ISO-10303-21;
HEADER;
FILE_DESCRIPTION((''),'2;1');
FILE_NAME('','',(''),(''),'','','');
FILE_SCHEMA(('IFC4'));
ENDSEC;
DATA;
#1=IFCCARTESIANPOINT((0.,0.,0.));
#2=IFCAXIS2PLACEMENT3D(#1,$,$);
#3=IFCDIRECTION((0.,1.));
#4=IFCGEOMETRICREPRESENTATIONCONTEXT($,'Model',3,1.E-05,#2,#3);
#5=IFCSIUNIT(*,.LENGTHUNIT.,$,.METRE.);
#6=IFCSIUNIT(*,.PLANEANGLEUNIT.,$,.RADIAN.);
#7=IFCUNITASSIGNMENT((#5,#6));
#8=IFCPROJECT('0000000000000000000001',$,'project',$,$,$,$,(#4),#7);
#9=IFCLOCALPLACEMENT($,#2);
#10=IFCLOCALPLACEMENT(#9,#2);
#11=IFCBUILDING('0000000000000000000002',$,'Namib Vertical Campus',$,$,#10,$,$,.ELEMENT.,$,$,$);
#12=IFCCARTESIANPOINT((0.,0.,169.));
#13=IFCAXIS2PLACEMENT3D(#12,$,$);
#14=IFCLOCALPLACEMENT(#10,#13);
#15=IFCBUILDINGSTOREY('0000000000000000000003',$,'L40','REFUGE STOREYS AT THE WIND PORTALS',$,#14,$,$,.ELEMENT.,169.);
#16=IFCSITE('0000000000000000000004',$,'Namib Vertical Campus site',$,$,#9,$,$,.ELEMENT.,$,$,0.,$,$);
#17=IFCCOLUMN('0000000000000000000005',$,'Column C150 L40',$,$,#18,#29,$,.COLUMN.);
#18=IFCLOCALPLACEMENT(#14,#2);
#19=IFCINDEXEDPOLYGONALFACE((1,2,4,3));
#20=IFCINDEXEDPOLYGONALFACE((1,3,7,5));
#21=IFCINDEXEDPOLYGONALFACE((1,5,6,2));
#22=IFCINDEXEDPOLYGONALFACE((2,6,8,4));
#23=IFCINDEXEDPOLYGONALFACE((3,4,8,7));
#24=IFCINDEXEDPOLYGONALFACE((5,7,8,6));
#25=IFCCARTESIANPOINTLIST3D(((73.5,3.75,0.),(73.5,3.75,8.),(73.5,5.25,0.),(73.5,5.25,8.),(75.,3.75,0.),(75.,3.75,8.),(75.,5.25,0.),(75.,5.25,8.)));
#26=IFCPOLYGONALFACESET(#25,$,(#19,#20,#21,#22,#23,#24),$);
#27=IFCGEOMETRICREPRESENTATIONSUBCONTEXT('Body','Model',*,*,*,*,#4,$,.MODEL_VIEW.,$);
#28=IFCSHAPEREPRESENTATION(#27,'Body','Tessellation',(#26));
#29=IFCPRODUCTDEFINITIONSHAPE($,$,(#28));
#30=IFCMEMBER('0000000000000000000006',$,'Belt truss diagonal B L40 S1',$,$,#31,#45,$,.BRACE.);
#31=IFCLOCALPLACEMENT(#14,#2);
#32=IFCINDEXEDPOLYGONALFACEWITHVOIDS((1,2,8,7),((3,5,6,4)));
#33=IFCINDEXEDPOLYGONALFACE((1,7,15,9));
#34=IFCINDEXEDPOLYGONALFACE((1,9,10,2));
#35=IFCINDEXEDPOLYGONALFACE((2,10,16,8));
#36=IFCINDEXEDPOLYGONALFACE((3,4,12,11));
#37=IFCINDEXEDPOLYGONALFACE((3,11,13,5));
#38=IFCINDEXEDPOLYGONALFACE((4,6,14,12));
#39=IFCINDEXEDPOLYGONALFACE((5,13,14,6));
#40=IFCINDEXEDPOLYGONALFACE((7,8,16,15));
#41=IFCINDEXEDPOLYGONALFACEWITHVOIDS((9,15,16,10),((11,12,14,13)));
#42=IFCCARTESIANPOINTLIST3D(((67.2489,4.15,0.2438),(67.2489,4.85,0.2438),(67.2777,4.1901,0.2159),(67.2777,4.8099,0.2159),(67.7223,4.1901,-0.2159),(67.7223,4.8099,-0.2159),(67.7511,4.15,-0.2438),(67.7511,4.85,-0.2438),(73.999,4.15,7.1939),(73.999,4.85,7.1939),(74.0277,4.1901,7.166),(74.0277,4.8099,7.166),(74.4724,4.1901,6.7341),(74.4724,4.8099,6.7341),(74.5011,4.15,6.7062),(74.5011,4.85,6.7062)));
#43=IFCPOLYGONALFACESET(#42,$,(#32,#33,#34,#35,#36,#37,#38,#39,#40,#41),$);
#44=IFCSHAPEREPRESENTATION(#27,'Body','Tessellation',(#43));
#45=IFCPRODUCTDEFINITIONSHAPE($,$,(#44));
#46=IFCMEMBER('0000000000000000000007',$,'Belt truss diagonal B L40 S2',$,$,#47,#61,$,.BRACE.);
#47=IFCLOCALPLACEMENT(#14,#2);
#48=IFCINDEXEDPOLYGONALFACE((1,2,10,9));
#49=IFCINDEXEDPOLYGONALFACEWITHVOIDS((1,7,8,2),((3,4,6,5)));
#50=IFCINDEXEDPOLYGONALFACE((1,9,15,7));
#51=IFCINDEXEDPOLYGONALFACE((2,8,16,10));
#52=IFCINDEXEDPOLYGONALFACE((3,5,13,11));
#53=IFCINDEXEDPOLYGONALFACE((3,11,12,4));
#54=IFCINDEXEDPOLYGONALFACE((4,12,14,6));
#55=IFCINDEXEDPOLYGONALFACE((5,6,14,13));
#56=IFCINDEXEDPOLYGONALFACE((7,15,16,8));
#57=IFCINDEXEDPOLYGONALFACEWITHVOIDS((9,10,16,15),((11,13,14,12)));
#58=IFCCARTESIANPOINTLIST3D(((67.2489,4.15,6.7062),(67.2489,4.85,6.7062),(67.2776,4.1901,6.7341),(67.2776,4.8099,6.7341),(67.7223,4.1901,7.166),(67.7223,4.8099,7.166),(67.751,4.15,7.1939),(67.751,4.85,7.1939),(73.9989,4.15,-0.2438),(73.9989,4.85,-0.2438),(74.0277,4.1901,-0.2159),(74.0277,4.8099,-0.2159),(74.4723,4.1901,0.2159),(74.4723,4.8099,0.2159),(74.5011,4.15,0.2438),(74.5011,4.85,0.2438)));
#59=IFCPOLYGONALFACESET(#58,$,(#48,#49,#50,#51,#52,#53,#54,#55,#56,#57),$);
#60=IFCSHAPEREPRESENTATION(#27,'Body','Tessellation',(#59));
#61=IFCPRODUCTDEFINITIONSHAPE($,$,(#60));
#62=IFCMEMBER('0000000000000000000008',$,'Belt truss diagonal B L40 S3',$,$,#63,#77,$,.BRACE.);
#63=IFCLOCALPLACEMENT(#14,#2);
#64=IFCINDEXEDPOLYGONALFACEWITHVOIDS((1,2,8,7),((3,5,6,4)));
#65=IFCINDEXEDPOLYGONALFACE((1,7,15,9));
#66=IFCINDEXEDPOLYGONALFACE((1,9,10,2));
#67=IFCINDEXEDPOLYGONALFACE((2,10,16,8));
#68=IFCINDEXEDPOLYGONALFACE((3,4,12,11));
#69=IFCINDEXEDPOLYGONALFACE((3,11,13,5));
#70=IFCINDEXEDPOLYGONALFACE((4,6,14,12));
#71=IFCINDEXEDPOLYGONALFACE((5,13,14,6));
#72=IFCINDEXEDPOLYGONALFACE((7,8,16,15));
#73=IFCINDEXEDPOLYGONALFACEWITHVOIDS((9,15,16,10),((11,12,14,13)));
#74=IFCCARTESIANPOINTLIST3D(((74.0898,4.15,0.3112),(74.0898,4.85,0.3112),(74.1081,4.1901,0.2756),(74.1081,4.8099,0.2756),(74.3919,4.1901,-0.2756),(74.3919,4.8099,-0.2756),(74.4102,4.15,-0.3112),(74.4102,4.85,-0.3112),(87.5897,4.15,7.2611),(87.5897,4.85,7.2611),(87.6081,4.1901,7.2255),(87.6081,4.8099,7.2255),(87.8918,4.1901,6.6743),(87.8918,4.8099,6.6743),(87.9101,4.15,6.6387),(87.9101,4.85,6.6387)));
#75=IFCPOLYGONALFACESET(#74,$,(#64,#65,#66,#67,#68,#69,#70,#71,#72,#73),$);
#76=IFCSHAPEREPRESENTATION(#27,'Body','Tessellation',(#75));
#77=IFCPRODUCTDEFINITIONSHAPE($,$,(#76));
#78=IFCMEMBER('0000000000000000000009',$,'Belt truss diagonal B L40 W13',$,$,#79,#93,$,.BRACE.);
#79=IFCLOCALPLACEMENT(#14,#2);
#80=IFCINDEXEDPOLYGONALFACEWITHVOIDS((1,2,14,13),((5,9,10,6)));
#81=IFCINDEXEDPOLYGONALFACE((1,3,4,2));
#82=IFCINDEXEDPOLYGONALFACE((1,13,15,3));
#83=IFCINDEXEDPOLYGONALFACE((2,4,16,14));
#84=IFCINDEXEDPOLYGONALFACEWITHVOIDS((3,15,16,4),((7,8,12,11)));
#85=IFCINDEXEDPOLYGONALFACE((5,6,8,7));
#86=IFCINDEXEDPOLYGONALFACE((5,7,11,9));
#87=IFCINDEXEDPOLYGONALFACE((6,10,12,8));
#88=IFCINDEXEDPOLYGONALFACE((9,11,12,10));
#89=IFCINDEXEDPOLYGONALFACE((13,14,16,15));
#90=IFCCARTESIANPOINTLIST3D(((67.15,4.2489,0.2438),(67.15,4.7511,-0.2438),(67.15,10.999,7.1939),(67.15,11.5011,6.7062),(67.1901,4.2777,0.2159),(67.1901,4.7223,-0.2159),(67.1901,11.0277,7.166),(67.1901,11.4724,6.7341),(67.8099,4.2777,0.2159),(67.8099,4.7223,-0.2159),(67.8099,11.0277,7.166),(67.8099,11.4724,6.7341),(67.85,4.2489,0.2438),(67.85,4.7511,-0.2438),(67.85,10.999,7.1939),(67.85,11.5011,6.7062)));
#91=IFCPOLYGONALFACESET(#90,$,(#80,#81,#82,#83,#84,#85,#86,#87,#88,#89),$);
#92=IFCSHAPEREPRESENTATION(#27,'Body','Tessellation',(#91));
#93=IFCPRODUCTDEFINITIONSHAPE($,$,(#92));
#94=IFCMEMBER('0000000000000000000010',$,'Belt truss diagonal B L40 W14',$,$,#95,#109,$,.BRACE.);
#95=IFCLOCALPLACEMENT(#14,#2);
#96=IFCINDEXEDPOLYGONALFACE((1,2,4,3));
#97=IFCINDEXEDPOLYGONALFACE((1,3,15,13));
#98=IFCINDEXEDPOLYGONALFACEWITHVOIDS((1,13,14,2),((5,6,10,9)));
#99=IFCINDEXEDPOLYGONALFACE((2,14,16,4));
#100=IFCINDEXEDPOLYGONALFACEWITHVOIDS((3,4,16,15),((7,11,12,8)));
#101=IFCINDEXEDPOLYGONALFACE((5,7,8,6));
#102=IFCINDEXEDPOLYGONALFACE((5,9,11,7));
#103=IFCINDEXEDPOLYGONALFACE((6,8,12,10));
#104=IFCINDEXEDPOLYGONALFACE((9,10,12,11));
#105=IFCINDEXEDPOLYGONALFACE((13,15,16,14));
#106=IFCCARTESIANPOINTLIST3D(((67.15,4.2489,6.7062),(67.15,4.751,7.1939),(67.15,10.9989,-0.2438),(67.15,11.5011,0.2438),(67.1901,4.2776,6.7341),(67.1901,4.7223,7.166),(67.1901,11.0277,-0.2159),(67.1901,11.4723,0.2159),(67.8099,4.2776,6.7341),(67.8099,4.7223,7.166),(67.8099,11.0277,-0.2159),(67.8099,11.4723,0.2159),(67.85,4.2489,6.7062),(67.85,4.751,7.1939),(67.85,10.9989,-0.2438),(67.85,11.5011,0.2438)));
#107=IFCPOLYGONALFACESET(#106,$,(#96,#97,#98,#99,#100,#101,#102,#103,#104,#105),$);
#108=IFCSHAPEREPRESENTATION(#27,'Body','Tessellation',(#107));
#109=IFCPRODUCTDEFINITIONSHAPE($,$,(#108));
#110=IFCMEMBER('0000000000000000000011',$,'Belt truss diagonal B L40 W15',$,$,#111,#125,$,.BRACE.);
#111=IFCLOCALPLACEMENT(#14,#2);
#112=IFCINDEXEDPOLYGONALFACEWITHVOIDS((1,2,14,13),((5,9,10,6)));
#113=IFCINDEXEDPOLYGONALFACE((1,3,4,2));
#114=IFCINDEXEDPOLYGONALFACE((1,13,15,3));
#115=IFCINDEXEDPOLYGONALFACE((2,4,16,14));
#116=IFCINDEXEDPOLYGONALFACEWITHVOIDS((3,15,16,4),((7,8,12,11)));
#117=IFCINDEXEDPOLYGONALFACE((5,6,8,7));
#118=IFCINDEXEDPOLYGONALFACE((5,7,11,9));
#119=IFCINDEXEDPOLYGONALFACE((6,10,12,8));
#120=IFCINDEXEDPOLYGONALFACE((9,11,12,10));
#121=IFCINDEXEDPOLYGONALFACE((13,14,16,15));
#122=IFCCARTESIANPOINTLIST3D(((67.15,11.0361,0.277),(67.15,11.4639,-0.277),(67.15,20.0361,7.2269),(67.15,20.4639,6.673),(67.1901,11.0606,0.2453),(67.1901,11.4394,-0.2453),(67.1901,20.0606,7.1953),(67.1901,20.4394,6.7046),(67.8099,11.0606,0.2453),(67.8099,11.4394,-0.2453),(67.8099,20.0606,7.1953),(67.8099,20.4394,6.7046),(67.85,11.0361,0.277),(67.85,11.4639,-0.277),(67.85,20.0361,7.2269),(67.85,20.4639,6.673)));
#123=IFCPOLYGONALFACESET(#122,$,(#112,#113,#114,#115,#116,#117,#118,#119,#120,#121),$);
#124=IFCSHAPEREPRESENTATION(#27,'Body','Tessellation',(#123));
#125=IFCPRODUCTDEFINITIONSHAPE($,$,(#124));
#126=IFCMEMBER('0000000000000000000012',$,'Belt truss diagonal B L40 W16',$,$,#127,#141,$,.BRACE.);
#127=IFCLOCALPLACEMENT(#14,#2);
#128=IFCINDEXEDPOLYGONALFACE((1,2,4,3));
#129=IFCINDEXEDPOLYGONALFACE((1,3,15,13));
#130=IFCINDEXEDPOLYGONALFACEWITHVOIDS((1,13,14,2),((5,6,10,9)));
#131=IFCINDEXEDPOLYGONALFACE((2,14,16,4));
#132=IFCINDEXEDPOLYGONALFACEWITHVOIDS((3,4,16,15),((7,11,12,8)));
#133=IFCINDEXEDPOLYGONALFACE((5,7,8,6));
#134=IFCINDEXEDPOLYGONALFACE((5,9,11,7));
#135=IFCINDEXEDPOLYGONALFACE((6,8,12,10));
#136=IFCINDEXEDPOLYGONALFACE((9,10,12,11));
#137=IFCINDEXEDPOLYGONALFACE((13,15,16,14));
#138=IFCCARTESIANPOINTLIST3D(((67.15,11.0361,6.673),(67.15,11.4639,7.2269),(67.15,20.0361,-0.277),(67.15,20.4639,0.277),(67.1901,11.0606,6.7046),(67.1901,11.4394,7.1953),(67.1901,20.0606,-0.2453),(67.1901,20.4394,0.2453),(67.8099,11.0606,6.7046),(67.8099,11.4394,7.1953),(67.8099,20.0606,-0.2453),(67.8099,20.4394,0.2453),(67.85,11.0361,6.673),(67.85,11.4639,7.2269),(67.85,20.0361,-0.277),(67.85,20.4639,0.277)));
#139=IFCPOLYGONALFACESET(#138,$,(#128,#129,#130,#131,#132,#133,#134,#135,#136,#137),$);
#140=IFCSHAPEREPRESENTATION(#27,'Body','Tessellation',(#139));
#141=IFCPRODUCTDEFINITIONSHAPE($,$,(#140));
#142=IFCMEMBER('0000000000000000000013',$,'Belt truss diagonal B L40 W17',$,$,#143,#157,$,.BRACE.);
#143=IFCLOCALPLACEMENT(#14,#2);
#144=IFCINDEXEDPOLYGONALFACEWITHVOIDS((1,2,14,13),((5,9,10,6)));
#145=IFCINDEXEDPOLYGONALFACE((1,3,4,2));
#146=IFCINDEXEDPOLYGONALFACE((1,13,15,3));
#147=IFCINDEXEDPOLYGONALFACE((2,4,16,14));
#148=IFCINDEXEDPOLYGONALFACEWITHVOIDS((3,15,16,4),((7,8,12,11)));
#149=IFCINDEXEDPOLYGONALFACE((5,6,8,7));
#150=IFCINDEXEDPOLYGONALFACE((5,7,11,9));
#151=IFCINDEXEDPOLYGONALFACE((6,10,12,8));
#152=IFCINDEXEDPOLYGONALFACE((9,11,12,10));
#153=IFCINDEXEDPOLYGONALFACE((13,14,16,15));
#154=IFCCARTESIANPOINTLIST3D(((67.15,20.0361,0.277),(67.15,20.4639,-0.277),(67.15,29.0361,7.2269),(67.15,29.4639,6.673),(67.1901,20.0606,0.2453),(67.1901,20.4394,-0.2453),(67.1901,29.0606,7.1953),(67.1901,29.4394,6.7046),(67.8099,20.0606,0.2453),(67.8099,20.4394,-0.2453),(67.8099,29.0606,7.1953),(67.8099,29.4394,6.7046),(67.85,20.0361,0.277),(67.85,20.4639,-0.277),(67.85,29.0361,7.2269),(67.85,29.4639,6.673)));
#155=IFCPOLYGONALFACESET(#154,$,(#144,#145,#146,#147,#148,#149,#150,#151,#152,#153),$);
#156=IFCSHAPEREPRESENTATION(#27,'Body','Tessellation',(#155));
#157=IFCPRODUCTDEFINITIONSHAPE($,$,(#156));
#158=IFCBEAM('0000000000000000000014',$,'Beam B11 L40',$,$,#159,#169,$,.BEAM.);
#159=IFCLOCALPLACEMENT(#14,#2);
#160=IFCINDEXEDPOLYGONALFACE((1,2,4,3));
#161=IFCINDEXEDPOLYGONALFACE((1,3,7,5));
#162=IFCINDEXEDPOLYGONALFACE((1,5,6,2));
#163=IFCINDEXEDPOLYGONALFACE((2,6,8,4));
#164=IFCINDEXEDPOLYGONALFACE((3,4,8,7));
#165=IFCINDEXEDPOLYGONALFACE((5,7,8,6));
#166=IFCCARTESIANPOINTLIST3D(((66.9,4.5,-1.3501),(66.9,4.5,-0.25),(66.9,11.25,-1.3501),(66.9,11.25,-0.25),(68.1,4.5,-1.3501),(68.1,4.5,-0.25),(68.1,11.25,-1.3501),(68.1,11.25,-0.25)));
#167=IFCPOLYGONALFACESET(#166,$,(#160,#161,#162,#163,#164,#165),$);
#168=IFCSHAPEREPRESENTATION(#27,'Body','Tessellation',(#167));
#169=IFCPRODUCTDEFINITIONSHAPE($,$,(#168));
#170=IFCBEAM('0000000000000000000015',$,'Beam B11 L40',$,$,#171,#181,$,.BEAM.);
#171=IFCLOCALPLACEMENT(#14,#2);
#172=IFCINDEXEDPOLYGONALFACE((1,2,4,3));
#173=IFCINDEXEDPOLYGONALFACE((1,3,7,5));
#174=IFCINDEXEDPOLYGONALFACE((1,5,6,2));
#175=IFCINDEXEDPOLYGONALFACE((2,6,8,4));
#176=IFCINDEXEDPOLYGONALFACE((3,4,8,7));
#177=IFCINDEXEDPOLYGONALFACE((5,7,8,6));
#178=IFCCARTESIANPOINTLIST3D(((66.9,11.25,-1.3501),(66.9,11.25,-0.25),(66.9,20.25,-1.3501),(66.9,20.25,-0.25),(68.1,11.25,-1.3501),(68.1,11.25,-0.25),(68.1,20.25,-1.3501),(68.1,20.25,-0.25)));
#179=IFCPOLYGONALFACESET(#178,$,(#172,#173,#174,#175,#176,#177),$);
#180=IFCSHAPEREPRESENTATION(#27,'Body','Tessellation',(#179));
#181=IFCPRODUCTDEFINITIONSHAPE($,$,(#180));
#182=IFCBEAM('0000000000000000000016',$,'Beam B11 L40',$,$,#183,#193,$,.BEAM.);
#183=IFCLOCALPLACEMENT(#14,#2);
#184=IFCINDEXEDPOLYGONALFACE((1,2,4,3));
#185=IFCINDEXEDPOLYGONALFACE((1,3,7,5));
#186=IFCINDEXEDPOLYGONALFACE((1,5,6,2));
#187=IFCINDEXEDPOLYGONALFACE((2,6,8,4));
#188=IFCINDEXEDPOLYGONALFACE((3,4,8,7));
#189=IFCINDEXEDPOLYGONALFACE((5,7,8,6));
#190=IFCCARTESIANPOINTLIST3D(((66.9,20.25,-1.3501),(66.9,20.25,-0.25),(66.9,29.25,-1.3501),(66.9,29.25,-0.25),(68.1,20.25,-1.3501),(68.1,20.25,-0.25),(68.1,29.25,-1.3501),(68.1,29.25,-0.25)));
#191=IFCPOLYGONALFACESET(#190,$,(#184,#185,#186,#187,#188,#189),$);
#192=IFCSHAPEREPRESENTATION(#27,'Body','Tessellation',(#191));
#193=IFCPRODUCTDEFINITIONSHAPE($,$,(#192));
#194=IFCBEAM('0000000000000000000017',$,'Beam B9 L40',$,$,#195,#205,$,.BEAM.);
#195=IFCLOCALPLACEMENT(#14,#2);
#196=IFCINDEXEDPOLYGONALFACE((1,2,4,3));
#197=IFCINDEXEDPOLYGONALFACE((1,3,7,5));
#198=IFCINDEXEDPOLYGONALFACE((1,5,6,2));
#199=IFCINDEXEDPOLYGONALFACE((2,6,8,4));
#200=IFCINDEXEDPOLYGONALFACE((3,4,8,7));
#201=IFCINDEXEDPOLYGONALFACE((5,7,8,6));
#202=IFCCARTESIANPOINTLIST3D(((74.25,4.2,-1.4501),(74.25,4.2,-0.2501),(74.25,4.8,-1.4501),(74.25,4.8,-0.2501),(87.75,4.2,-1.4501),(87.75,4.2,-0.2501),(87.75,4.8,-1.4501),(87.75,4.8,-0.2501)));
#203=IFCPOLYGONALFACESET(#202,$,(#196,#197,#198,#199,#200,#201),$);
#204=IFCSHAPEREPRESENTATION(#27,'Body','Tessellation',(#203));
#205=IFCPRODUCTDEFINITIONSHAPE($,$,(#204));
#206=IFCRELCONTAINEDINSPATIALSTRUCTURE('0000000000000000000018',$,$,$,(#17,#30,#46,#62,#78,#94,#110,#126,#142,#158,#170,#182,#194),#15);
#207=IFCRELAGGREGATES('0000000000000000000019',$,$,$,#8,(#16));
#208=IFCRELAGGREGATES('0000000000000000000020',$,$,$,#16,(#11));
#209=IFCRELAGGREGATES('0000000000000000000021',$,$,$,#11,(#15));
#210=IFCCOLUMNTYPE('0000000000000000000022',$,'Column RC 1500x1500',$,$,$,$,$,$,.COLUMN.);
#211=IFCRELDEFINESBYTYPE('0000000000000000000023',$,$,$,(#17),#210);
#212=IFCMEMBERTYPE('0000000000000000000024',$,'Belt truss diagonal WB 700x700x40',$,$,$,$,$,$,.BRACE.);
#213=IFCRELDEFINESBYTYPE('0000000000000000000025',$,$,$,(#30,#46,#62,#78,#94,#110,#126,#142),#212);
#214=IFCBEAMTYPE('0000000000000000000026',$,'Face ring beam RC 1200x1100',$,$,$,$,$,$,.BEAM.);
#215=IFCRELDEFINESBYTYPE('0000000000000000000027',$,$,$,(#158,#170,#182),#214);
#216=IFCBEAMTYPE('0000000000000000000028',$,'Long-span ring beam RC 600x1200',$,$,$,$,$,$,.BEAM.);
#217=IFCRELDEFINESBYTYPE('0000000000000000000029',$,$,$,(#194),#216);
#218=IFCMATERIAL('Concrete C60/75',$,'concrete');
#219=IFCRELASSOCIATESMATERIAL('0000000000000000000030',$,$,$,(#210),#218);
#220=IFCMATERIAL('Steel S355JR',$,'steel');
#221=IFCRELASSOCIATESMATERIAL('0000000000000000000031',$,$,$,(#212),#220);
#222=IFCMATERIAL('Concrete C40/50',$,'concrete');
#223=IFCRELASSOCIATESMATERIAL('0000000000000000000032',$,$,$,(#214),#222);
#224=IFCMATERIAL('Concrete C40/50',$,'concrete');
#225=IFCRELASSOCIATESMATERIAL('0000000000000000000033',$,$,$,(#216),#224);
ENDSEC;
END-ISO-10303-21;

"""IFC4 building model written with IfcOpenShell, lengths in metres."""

from ifc_helpers import new_model, si_unit, direction, frame, origin, origin_2d, place, context, subcontext, project, spatial, rectangle, hollow_rectangle, extrude, material, material_profile, profile_set, type_object, element, save


model = new_model("IFC4")

# Units and contexts
model_context = context("Model", 3, precision=1e-05, world=origin(), true_north=direction((0.0, 1.0)))
body_context = subcontext(model_context, "Body", "Model", "MODEL_VIEW")
ifc_project = project(units=[si_unit("LENGTHUNIT", "METRE"), si_unit("PLANEANGLEUNIT", "RADIAN")], contexts=[model_context])

# Site, building, storey
site_placement = place(None, origin())
site = spatial("IfcSite", under=ifc_project, at=site_placement, Name="Namib Vertical Campus site", CompositionType="ELEMENT", RefElevation=0.0)
building_placement = place(site_placement, origin())
building = spatial("IfcBuilding", under=site, at=building_placement, Name="Namib Vertical Campus", CompositionType="ELEMENT")
storey_placement = place(building_placement, frame((0.0, 0.0, 169.0)))
storey = spatial("IfcBuildingStorey", under=building, at=storey_placement, Name="L40", Description="REFUGE STOREYS AT THE WIND PORTALS", CompositionType="ELEMENT", Elevation=169.0)

# Column
ifc_material_1 = material(Name="Concrete C60/75", Category="concrete")
ifc_material_profile_1 = material_profile(ifc_material_1, rectangle(XDim=1.5, YDim=1.5, at=origin_2d()))
ifc_profile_set_1 = profile_set([ifc_material_profile_1], Name="Concrete C60/75")
column_type = type_object("IfcColumnType", Name="Column RC 1500x1500", PredefinedType="COLUMN", material=ifc_profile_set_1)
column_placement = place(storey_placement, frame((74.25, 4.5, 0.0), z_axis=(0.0, 0.0, 1.0), x_axis=(1.0, 0.0, 0.0)))
element("IfcColumn", 1, at=column_placement, inside=storey, type_object=column_type, Name="Column C150 L40", PredefinedType="COLUMN", context=body_context, shape_type="SweptSolid", body=[
    extrude(rectangle(XDim=1.5, YDim=1.5, at=origin_2d()), origin(), (0.0, 0.0, 1.0), 8.0),
])

# Members
ifc_material_2 = material(Name="Steel S355JR", Category="steel")
ifc_material_profile_2 = material_profile(ifc_material_2, hollow_rectangle(XDim=0.7, YDim=0.7, WallThickness=0.04, at=origin_2d()))
ifc_profile_set_2 = profile_set([ifc_material_profile_2], Name="Steel S355JR")
member_type = type_object("IfcMemberType", Name="Belt truss diagonal WB 700x700x40", PredefinedType="BRACE", material=ifc_profile_set_2)
for number, where, z_axis, x_axis, name in (
    (2, (67.5, 4.5, 0.0), (0.696712, 0.0, 0.717351), (0.0, 1.0, 0.0), "Belt truss diagonal B L40 S1"),
    (3, (74.25, 4.5, 0.0), (-0.696712, 0.0, 0.717351), (0.0, -1.0, 0.0), "Belt truss diagonal B L40 S2"),
):
    element("IfcMember", number, at=place(storey_placement, frame(where, z_axis=z_axis, x_axis=x_axis)), inside=storey, type_object=member_type, Name=name, PredefinedType="BRACE", context=body_context, shape_type="SweptSolid", body=[
        extrude(hollow_rectangle(XDim=0.7, YDim=0.7, WallThickness=0.04, at=origin_2d()), origin(), (0.0, 0.0, 1.0), 9.6885),
    ])
member_placement = place(storey_placement, frame((74.25, 4.5, 0.0), z_axis=(0.889098, 0.0, 0.457717), x_axis=(0.0, 1.0, 0.0)))
element("IfcMember", 4, at=member_placement, inside=storey, type_object=member_type, Name="Belt truss diagonal B L40 S3", PredefinedType="BRACE", context=body_context, shape_type="SweptSolid", body=[
    extrude(hollow_rectangle(XDim=0.7, YDim=0.7, WallThickness=0.04, at=origin_2d()), origin(), (0.0, 0.0, 1.0), 15.1838),
])
for number, where, z_axis, x_axis, name in (
    (5, (67.5, 4.5, 0.0), (0.0, 0.696712, 0.717351), (-1.0, 0.0, 0.0), "Belt truss diagonal B L40 W13"),
    (6, (67.5, 11.25, 0.0), (0.0, -0.696712, 0.717351), (1.0, 0.0, 0.0), "Belt truss diagonal B L40 W14"),
):
    element("IfcMember", number, at=place(storey_placement, frame(where, z_axis=z_axis, x_axis=x_axis)), inside=storey, type_object=member_type, Name=name, PredefinedType="BRACE", context=body_context, shape_type="SweptSolid", body=[
        extrude(hollow_rectangle(XDim=0.7, YDim=0.7, WallThickness=0.04, at=origin_2d()), origin(), (0.0, 0.0, 1.0), 9.6885),
    ])
for number, where, z_axis, x_axis, name in (
    (7, (67.5, 11.25, 0.0), (0.0, 0.79148, 0.611194), (-1.0, 0.0, 0.0), "Belt truss diagonal B L40 W15"),
    (8, (67.5, 20.25, 0.0), (0.0, -0.79148, 0.611194), (1.0, 0.0, 0.0), "Belt truss diagonal B L40 W16"),
    (9, (67.5, 20.25, 0.0), (0.0, 0.79148, 0.611194), (-1.0, 0.0, 0.0), "Belt truss diagonal B L40 W17"),
):
    element("IfcMember", number, at=place(storey_placement, frame(where, z_axis=z_axis, x_axis=x_axis)), inside=storey, type_object=member_type, Name=name, PredefinedType="BRACE", context=body_context, shape_type="SweptSolid", body=[
        extrude(hollow_rectangle(XDim=0.7, YDim=0.7, WallThickness=0.04, at=origin_2d()), origin(), (0.0, 0.0, 1.0), 11.3711),
    ])

# Beams
ifc_material_3 = material(Name="Concrete C40/50", Category="concrete")
ifc_material_profile_3 = material_profile(ifc_material_3, rectangle(XDim=1.2, YDim=1.1001, at=origin_2d()))
ifc_profile_set_3 = profile_set([ifc_material_profile_3], Name="Concrete C40/50")
beam_type_1 = type_object("IfcBeamType", Name="Face ring beam RC 1200x1100", PredefinedType="BEAM", material=ifc_profile_set_3)
beam_1_placement = place(storey_placement, frame((67.5, 4.5, -0.8), z_axis=(0.0, 1.0, 0.0), x_axis=(-1.0, 0.0, 0.0)))
element("IfcBeam", 10, at=beam_1_placement, inside=storey, type_object=beam_type_1, Name="Beam B11 L40", PredefinedType="BEAM", context=body_context, shape_type="SweptSolid", body=[
    extrude(rectangle(XDim=1.2, YDim=1.1001, at=origin_2d()), origin(), (0.0, 0.0, 1.0), 6.75),
])
for number, where, z_axis, x_axis, name in (
    (11, (67.5, 11.25, -0.8), (0.0, 1.0, 0.0), (-1.0, 0.0, 0.0), "Beam B11 L40"),
    (12, (67.5, 20.25, -0.8), (0.0, 1.0, 0.0), (-1.0, 0.0, 0.0), "Beam B11 L40"),
):
    element("IfcBeam", number, at=place(storey_placement, frame(where, z_axis=z_axis, x_axis=x_axis)), inside=storey, type_object=beam_type_1, Name=name, PredefinedType="BEAM", context=body_context, shape_type="SweptSolid", body=[
        extrude(rectangle(XDim=1.2, YDim=1.1001, at=origin_2d()), origin(), (0.0, 0.0, 1.0), 9.0),
    ])
ifc_material_4 = material(Name="Concrete C40/50", Category="concrete")
ifc_material_profile_4 = material_profile(ifc_material_4, rectangle(XDim=0.6001, YDim=1.2, at=origin_2d()))
ifc_profile_set_4 = profile_set([ifc_material_profile_4], Name="Concrete C40/50")
beam_type_2 = type_object("IfcBeamType", Name="Long-span ring beam RC 600x1200", PredefinedType="BEAM", material=ifc_profile_set_4)
beam_2_placement = place(storey_placement, frame((74.25, 4.5, -0.8501), z_axis=(1.0, 0.0, 0.0), x_axis=(0.0, 1.0, 0.0)))
element("IfcBeam", 13, at=beam_2_placement, inside=storey, type_object=beam_type_2, Name="Beam B9 L40", PredefinedType="BEAM", context=body_context, shape_type="SweptSolid", body=[
    extrude(rectangle(XDim=0.6001, YDim=1.2, at=origin_2d()), origin(), (0.0, 0.0, 1.0), 13.5),
])

save(model, "model.ifc")
